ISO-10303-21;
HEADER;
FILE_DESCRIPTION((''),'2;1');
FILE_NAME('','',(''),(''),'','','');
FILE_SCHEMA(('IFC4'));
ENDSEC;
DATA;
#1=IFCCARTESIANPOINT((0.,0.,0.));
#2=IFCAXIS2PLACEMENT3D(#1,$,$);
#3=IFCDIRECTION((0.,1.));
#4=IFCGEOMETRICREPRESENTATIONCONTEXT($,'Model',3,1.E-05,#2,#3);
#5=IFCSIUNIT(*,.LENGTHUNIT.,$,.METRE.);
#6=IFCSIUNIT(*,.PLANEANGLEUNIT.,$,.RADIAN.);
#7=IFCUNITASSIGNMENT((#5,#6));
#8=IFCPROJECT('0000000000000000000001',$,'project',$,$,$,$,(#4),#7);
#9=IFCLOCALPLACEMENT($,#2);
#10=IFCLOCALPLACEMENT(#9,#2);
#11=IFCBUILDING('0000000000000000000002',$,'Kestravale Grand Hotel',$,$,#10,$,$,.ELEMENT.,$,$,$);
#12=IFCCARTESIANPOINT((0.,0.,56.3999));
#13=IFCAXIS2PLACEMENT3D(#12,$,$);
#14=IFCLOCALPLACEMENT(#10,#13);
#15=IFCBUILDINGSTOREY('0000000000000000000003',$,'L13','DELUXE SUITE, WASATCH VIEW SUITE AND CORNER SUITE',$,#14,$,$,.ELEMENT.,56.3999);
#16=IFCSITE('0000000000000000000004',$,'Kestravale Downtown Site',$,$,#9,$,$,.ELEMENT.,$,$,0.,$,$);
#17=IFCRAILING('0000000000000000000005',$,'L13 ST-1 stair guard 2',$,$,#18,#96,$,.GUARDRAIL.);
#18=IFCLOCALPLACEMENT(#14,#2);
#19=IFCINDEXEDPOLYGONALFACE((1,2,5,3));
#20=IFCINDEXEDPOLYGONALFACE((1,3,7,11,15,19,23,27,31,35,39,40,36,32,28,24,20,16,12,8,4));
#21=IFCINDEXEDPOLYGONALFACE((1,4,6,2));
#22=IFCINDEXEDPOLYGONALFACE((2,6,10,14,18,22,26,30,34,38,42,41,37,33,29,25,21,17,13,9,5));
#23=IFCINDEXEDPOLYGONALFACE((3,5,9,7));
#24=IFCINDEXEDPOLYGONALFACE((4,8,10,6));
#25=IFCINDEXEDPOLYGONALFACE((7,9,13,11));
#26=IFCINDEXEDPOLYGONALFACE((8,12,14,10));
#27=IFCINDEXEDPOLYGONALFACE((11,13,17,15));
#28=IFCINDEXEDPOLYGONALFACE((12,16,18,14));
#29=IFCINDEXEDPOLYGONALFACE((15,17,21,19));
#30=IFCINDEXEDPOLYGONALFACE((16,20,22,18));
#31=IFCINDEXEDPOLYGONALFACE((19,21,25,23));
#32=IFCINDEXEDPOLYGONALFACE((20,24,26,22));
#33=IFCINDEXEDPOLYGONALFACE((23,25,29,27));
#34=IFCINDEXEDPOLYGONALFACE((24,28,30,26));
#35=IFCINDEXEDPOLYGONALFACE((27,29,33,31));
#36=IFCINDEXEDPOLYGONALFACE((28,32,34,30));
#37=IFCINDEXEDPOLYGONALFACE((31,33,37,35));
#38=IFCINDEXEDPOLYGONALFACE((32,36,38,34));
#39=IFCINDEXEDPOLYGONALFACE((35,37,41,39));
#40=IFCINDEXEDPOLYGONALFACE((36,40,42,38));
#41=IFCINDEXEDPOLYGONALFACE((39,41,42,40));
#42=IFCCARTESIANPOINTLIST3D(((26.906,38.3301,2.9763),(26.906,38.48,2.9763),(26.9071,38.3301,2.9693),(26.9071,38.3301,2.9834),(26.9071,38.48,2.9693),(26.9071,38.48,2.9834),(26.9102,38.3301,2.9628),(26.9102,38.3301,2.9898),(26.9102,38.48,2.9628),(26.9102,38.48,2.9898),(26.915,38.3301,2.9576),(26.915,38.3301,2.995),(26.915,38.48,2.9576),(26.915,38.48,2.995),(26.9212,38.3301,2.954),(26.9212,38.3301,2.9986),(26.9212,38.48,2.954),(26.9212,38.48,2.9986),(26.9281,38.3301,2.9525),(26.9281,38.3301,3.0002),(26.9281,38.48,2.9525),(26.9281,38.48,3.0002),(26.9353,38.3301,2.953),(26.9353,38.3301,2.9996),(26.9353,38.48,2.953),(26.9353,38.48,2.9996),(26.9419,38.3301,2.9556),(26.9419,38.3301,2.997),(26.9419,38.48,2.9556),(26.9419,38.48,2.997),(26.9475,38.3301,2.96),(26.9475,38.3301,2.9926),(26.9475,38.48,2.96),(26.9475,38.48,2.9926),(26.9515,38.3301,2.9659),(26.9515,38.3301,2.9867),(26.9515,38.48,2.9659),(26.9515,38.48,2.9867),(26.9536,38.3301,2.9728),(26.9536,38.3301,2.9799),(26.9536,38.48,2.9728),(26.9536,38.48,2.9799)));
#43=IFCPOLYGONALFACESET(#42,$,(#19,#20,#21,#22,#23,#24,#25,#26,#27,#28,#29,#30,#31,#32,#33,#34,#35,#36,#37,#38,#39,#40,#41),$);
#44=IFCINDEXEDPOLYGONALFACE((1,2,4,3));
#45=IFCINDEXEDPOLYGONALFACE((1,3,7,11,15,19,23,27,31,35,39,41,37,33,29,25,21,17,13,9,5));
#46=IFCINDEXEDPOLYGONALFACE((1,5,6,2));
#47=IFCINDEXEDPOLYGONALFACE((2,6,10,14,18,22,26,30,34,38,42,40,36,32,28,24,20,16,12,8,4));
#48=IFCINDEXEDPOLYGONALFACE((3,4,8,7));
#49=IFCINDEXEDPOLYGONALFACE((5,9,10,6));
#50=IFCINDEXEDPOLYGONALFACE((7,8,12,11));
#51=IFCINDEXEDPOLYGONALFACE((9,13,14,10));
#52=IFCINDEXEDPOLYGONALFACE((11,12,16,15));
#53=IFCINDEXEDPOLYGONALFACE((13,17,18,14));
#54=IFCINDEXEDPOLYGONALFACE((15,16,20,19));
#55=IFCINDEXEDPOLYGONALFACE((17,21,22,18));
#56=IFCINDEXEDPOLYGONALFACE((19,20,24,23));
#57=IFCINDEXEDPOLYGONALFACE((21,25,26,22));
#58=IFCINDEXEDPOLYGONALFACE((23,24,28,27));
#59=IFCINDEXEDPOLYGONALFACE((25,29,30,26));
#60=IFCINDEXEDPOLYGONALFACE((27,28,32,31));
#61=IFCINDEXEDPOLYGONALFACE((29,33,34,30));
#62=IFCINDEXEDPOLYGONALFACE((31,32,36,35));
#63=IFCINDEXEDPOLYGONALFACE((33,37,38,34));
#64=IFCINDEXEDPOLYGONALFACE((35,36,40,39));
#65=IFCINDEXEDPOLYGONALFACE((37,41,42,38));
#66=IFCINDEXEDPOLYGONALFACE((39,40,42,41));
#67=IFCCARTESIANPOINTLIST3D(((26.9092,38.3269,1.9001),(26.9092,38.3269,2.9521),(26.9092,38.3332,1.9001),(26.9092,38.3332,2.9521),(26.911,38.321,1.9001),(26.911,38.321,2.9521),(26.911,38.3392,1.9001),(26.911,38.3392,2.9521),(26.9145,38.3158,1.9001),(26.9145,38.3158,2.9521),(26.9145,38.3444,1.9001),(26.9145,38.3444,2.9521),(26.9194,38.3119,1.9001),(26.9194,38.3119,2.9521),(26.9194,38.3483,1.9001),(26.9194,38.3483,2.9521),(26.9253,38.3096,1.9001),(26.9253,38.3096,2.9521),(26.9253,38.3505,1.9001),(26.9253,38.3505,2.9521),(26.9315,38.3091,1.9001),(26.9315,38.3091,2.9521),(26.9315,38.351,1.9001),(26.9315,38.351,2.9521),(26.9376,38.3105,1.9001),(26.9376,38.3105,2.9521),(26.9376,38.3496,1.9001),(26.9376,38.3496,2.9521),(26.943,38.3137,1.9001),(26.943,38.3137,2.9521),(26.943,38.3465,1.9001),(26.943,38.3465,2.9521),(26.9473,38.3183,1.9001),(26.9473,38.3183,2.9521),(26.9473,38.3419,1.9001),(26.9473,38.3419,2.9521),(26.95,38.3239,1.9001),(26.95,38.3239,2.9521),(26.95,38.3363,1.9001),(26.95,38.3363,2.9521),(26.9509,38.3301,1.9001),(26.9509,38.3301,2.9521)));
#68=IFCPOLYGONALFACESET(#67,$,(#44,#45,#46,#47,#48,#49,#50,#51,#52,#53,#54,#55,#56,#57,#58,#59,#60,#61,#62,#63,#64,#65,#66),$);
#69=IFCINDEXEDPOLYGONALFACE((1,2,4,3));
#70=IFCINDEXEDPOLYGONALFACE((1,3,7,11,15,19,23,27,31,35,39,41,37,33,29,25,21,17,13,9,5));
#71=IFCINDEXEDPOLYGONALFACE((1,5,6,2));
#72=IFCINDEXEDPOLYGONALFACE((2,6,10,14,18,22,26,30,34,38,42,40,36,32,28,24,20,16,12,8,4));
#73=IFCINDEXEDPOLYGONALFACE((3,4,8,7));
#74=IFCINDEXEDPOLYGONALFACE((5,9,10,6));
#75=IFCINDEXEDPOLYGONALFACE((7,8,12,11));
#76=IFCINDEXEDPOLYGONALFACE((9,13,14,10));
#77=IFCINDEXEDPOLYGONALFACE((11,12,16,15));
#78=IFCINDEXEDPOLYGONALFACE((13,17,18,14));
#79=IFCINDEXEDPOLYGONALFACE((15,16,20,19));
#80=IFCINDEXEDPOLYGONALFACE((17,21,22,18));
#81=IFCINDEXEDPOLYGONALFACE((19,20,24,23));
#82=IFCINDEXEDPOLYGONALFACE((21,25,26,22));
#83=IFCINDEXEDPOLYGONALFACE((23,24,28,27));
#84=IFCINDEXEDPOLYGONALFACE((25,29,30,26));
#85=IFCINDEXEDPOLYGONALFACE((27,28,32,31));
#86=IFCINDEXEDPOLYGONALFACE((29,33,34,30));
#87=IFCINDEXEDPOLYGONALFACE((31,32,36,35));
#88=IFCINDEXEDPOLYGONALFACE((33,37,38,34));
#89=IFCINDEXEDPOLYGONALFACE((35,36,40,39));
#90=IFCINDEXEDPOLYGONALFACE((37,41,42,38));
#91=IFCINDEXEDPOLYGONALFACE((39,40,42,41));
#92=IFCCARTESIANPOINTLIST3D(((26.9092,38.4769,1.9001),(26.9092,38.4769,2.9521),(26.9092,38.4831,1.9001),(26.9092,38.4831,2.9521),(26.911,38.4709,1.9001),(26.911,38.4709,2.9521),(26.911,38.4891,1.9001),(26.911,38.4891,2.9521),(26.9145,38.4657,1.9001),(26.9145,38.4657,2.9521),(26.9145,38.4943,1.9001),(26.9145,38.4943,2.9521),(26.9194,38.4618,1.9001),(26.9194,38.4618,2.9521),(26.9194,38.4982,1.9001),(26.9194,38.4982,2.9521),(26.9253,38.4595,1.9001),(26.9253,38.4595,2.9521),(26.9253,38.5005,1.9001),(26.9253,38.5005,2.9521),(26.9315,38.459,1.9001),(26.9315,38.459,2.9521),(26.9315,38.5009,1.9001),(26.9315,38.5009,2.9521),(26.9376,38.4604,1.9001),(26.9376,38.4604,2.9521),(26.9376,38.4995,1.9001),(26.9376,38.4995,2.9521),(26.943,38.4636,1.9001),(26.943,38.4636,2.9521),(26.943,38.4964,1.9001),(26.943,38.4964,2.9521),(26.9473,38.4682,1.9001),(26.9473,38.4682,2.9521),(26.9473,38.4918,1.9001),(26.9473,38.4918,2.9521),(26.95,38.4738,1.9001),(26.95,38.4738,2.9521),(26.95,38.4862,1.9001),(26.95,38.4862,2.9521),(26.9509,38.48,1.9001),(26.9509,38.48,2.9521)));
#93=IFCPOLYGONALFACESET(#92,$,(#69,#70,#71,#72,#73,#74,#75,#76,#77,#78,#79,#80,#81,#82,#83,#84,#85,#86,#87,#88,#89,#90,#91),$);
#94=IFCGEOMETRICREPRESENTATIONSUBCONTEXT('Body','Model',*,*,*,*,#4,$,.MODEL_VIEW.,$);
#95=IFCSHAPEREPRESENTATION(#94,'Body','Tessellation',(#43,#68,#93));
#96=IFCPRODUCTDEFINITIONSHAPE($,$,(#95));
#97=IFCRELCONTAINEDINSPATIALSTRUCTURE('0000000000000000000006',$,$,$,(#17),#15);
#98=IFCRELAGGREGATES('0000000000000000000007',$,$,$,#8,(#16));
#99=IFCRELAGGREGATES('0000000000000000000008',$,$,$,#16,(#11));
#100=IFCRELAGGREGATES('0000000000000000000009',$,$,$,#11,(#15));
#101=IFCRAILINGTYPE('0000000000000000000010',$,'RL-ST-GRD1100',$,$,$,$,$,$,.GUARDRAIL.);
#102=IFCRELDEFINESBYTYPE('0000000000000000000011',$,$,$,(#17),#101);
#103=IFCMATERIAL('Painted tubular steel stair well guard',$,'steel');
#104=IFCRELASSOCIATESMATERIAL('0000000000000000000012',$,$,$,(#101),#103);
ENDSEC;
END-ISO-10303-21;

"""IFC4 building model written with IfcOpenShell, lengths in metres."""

from ifc_helpers import new_model, si_unit, direction, frame, origin, origin_2d, place, context, subcontext, project, spatial, circle, extrude, material, type_object, element, save


model = new_model("IFC4")

# Units and contexts
model_context = context("Model", 3, precision=1e-05, world=origin(), true_north=direction((0.0, 1.0)))
body_context = subcontext(model_context, "Body", "Model", "MODEL_VIEW")
ifc_project = project(units=[si_unit("LENGTHUNIT", "METRE"), si_unit("PLANEANGLEUNIT", "RADIAN")], contexts=[model_context])

# Site, building, storey
site_placement = place(None, origin())
site = spatial("IfcSite", under=ifc_project, at=site_placement, Name="Kestravale Downtown Site", CompositionType="ELEMENT", RefElevation=0.0)
building_placement = place(site_placement, origin())
building = spatial("IfcBuilding", under=site, at=building_placement, Name="Kestravale Grand Hotel", CompositionType="ELEMENT")
storey_placement = place(building_placement, frame((0.0, 0.0, 56.3999)))
storey = spatial("IfcBuildingStorey", under=building, at=storey_placement, Name="L13", Description="DELUXE SUITE, WASATCH VIEW SUITE AND CORNER SUITE", CompositionType="ELEMENT", Elevation=56.3999)

# Railing
ifc_material_1 = material(Name="Painted tubular steel stair well guard", Category="steel")
railing_type_1 = type_object("IfcRailingType", Name="RL-ST-GRD1100", PredefinedType="GUARDRAIL", material=ifc_material_1)
railing_1_placement = place(storey_placement, frame((26.9299, 38.3301, 1.9001)))
element("IfcRailing", 1, at=railing_1_placement, inside=storey, type_object=railing_type_1, Name="L13 ST-1 stair guard 2", PredefinedType="GUARDRAIL", context=body_context, shape_type="SweptSolid", body=[
    extrude(circle(Radius=0.0239, at=origin_2d()), frame((0.0, 0.0, 1.0762), z_axis=(0.0, 1.0, 0.0), x_axis=(-1.0, 0.0, 0.0)), (0.0, 0.0, 1.0), 0.1499),
    extrude(circle(Radius=0.021, at=origin_2d()), origin(), (0.0, 0.0, 1.0), 1.052),
    extrude(circle(Radius=0.021, at=origin_2d()), frame((0.0, 0.1499, 0.0)), (0.0, 0.0, 1.0), 1.052),
])

save(model, "model.ifc")
